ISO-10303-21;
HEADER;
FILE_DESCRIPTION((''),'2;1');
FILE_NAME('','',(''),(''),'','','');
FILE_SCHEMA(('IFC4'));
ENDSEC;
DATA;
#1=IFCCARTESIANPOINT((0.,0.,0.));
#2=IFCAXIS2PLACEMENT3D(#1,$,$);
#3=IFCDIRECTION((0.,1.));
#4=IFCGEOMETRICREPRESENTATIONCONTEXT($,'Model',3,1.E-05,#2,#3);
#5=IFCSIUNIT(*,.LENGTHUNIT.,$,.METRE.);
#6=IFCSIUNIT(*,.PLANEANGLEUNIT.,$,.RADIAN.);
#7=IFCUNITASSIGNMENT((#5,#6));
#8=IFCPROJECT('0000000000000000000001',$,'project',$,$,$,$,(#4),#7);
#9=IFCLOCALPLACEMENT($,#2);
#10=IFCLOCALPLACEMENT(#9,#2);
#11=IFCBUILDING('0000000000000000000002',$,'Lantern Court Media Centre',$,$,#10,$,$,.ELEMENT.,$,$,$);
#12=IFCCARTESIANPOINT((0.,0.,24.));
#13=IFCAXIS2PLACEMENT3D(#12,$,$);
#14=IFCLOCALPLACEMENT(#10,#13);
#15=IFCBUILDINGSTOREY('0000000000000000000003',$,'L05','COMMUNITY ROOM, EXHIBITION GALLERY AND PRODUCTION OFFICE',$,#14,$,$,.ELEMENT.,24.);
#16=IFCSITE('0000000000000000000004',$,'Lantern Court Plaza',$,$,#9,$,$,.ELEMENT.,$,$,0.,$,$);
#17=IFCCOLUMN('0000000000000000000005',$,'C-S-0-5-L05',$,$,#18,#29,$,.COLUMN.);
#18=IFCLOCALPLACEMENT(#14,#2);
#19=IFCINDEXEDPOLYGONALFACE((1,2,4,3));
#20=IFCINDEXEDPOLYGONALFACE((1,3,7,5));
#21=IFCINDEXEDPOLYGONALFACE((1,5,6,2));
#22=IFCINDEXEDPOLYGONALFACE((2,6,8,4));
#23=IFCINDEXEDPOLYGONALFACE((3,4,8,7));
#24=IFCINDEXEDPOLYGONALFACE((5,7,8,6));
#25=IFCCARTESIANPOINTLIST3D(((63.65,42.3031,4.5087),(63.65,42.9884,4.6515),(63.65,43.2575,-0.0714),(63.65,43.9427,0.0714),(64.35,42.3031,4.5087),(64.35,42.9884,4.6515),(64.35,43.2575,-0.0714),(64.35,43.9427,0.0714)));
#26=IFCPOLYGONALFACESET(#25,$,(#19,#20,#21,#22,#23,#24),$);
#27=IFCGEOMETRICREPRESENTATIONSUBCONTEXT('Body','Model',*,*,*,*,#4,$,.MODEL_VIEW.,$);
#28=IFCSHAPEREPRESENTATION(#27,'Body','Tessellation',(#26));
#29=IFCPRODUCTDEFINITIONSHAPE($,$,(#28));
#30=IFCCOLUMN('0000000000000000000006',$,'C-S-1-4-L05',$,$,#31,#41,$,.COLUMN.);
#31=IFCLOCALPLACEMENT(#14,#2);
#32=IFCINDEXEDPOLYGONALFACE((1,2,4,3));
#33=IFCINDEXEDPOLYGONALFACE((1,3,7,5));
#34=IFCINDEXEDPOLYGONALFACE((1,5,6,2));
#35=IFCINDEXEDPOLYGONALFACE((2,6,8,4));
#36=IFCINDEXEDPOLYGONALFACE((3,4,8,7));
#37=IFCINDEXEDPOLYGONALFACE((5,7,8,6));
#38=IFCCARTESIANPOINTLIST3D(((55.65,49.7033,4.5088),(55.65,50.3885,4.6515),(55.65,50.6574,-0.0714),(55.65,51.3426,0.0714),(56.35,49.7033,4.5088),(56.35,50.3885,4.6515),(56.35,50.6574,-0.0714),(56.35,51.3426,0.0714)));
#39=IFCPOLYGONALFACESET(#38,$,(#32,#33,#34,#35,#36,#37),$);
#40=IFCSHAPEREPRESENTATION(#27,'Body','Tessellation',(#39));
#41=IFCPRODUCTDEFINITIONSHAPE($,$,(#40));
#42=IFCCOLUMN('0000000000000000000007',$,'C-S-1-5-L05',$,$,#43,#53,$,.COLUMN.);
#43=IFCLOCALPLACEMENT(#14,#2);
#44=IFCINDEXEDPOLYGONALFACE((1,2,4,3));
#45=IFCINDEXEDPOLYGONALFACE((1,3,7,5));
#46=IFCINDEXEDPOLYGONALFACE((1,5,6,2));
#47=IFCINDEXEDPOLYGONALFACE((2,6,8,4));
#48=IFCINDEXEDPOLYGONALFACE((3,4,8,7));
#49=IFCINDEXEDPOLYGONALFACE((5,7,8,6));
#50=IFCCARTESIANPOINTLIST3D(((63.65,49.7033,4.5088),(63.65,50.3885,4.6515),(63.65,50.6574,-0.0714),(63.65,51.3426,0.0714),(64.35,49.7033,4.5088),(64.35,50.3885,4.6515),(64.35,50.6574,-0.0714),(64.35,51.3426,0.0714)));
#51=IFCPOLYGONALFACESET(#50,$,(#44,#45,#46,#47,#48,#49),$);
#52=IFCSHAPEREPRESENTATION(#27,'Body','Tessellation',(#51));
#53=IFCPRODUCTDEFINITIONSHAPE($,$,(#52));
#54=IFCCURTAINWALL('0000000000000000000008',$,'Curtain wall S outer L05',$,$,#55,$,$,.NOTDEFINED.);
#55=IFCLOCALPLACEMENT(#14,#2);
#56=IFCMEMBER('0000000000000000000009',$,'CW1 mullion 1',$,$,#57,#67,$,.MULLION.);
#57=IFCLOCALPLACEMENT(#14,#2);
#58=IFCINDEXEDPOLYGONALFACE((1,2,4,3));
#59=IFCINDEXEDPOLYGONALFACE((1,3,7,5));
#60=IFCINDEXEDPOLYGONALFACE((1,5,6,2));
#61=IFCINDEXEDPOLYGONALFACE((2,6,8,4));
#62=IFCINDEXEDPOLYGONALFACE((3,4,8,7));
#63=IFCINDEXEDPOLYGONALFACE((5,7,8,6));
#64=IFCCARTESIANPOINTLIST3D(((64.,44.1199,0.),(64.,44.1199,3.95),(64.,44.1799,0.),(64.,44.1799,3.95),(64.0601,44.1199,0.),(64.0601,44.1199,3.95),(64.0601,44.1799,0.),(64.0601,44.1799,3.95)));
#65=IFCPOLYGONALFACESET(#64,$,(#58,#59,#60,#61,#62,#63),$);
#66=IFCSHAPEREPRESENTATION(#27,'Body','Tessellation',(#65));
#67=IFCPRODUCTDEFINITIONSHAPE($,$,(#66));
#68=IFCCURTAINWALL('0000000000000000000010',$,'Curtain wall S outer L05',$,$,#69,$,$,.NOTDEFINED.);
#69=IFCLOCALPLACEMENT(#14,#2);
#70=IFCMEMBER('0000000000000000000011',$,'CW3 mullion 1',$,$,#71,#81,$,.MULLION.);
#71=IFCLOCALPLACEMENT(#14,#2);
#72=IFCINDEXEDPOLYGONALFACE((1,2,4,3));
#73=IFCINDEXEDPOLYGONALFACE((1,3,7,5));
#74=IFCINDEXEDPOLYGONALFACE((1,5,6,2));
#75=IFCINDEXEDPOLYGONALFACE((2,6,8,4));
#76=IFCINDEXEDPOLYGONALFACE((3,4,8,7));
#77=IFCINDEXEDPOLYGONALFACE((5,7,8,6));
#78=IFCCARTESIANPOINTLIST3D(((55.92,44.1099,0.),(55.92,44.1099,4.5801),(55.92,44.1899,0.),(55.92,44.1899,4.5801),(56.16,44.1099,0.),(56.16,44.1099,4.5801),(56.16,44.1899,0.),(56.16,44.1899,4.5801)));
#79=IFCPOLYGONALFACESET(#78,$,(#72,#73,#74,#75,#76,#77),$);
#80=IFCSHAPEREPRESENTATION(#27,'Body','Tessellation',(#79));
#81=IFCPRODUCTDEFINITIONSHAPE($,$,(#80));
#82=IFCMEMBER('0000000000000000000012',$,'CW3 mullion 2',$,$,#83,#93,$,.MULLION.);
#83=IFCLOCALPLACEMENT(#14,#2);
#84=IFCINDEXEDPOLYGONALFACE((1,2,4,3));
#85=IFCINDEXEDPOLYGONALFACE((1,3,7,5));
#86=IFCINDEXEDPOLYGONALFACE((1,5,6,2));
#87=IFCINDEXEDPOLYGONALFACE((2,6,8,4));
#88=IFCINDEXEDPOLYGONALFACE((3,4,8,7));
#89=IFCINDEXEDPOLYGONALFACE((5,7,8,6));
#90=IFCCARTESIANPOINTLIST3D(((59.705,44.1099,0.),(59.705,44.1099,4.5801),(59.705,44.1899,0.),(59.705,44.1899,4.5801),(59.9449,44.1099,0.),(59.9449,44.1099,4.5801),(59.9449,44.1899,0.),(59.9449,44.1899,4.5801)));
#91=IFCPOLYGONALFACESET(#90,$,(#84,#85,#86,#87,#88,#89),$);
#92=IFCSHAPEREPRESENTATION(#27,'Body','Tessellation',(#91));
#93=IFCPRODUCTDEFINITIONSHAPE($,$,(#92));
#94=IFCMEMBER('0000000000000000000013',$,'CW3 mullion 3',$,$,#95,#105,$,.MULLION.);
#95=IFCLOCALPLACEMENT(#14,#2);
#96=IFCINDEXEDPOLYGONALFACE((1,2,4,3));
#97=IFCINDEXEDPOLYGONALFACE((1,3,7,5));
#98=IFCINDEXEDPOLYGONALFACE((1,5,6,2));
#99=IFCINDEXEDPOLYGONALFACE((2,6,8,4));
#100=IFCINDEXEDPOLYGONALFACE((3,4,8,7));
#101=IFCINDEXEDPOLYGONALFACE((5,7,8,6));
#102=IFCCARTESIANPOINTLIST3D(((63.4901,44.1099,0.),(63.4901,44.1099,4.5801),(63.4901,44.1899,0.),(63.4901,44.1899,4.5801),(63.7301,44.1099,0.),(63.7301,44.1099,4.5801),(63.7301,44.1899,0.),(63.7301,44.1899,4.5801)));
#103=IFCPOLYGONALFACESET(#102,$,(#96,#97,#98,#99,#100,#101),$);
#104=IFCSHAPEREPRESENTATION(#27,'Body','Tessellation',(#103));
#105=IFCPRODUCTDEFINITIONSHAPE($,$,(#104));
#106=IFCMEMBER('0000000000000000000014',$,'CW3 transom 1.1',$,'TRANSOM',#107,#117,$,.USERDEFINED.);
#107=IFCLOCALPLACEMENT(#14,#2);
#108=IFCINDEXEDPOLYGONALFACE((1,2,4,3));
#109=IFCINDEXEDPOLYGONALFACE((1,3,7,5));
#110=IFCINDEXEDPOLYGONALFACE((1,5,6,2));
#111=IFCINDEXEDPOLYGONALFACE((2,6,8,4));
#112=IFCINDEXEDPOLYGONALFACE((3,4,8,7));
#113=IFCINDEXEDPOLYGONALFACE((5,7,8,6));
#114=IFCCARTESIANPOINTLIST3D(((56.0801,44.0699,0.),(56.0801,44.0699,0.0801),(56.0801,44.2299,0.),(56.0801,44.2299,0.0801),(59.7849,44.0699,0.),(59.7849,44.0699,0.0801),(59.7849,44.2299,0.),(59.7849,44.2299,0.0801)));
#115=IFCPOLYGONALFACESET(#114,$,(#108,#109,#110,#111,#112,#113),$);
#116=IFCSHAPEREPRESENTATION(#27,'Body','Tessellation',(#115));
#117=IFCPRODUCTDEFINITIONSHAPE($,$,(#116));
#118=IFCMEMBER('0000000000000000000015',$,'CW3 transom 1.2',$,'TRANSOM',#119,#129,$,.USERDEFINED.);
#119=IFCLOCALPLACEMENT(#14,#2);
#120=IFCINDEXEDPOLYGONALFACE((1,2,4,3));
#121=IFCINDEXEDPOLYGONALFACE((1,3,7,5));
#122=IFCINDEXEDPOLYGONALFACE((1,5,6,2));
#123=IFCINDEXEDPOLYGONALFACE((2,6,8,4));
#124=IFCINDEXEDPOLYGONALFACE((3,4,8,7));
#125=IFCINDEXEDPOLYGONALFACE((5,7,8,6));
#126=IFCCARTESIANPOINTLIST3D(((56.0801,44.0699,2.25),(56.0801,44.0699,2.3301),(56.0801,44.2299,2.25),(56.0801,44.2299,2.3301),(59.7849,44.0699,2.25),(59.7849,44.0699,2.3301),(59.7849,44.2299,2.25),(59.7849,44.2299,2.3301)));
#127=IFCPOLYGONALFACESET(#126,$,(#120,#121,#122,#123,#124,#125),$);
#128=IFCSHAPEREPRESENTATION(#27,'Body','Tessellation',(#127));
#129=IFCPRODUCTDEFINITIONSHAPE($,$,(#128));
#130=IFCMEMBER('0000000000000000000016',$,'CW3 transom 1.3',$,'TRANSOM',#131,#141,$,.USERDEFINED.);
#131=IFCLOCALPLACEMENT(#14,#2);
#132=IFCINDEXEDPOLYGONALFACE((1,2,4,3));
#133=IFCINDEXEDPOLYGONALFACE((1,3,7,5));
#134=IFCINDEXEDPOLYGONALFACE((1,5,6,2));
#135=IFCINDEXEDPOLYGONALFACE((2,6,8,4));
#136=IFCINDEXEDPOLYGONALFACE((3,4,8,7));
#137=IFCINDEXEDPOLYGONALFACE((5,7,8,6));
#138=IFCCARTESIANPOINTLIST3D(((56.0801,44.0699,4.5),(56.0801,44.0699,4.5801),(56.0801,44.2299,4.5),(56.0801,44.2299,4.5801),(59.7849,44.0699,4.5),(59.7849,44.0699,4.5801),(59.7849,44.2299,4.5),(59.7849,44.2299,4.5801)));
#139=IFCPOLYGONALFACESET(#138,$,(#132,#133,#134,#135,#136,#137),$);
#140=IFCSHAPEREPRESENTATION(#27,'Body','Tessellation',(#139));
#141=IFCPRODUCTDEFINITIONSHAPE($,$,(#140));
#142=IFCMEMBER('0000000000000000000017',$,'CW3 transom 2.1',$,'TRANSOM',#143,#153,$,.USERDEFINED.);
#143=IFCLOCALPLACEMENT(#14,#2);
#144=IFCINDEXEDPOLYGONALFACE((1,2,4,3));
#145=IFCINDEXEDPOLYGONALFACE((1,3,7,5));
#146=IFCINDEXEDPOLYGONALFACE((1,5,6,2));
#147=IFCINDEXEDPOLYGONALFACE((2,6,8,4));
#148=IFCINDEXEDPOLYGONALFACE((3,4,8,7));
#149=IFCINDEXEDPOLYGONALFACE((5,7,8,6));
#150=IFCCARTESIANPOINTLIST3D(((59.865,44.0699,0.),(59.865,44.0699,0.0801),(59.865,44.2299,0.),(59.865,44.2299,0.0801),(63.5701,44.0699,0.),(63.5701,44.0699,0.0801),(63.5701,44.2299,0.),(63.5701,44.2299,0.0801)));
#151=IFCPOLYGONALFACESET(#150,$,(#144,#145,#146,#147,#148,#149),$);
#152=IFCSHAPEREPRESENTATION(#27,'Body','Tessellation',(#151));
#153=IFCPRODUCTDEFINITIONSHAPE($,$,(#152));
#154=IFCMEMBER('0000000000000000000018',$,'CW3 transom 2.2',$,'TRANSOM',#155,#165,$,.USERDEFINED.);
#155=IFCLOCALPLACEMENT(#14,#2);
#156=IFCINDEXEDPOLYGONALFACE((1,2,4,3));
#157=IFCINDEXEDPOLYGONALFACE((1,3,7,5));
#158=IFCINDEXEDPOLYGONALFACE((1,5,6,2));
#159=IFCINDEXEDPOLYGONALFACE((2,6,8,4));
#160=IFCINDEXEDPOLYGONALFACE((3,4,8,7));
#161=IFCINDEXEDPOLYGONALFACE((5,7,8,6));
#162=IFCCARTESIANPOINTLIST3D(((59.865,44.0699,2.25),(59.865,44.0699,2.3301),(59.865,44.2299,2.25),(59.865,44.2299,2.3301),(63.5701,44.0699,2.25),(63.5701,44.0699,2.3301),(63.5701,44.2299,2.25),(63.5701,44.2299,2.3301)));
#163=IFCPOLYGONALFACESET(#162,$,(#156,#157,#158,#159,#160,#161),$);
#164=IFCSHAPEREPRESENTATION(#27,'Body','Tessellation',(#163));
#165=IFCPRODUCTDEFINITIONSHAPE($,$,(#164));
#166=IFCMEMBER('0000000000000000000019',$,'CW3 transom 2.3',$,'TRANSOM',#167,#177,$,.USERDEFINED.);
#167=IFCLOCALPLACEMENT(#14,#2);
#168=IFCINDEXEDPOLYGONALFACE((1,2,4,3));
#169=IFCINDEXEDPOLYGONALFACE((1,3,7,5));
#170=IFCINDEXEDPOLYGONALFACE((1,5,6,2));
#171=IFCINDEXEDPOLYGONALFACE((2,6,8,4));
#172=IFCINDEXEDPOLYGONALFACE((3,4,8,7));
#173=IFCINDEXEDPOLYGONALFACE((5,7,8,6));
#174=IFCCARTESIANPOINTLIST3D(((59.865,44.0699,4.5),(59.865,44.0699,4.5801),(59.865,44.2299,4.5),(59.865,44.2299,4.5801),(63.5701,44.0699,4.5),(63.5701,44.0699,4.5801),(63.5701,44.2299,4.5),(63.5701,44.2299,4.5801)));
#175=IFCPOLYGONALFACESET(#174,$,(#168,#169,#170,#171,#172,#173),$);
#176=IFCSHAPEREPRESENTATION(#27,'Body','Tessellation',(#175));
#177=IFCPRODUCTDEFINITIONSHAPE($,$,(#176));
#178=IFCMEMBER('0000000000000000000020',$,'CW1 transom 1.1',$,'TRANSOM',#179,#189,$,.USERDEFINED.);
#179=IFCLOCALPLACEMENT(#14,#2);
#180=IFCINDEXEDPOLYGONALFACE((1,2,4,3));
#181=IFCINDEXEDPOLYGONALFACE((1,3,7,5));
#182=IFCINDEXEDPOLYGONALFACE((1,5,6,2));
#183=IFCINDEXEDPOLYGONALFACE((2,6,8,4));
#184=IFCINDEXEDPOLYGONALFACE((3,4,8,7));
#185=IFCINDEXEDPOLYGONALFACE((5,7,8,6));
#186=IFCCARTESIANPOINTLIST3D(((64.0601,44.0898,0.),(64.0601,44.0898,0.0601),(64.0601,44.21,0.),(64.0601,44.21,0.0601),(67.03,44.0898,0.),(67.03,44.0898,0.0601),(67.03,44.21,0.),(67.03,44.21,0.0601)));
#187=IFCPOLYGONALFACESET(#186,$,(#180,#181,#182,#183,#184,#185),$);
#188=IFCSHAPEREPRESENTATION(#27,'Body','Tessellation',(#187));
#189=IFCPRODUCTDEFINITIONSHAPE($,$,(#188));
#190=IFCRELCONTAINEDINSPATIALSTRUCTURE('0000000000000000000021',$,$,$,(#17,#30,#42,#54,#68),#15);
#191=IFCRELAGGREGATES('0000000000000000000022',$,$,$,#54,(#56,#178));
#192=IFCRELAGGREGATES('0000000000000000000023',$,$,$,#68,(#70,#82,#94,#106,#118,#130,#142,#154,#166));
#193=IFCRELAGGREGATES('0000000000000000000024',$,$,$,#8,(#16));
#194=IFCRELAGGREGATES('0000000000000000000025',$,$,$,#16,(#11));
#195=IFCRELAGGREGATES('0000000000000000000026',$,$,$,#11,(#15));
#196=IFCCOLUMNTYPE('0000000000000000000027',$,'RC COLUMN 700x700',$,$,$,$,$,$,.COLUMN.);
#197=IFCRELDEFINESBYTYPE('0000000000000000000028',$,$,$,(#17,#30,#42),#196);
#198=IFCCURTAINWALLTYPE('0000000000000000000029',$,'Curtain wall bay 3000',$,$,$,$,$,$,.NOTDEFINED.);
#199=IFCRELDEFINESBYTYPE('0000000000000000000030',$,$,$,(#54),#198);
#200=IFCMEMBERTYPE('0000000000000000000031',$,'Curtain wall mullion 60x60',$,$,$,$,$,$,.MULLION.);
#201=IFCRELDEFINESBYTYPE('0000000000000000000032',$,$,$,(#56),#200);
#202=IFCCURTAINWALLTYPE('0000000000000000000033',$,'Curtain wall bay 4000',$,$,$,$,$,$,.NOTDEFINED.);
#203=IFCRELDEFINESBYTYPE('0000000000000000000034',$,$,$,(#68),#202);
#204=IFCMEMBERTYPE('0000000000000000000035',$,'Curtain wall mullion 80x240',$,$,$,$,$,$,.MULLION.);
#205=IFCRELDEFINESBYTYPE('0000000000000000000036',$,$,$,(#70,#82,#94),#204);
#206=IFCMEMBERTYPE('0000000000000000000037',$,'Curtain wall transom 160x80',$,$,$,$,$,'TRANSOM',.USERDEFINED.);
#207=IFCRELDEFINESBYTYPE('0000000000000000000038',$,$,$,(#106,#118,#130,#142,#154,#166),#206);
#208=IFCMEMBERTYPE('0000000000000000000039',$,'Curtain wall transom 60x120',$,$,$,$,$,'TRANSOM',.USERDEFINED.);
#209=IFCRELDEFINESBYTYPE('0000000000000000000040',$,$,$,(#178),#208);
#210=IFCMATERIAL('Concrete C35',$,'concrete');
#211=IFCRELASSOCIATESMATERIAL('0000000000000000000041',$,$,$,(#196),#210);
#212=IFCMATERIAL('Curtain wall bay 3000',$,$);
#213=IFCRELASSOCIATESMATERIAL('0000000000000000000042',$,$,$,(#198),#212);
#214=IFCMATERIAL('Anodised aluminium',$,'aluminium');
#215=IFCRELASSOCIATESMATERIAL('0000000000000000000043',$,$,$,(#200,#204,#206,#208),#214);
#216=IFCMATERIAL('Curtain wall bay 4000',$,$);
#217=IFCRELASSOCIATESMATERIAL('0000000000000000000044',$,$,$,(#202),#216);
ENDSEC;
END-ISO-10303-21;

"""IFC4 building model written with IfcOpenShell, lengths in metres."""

from ifc_helpers import new_model, si_unit, direction, frame, origin, origin_2d, place, context, subcontext, project, spatial, rectangle, extrude, material, material_profile, profile_set, type_object, element, aggregate, save


model = new_model("IFC4")

# Units and contexts
model_context = context("Model", 3, precision=1e-05, world=origin(), true_north=direction((0.0, 1.0)))
body_context = subcontext(model_context, "Body", "Model", "MODEL_VIEW")
ifc_project = project(units=[si_unit("LENGTHUNIT", "METRE"), si_unit("PLANEANGLEUNIT", "RADIAN")], contexts=[model_context])

# Site, building, storey
site_placement = place(None, origin())
site = spatial("IfcSite", under=ifc_project, at=site_placement, Name="Lantern Court Plaza", CompositionType="ELEMENT", RefElevation=0.0)
building_placement = place(site_placement, origin())
building = spatial("IfcBuilding", under=site, at=building_placement, Name="Lantern Court Media Centre", CompositionType="ELEMENT")
storey_placement = place(building_placement, frame((0.0, 0.0, 24.0)))
storey = spatial("IfcBuildingStorey", under=building, at=storey_placement, Name="L05", Description="COMMUNITY ROOM, EXHIBITION GALLERY AND PRODUCTION OFFICE", CompositionType="ELEMENT", Elevation=24.0)

# Columns
ifc_material_1 = material(Name="Concrete C35", Category="concrete")
ifc_material_profile_1 = material_profile(ifc_material_1, rectangle(XDim=0.7, YDim=0.7, at=origin_2d()), Name="RC 700x700")
ifc_profile_set_1 = profile_set([ifc_material_profile_1], Name="Concrete C35")
column_type = type_object("IfcColumnType", Name="RC COLUMN 700x700", PredefinedType="COLUMN", material=ifc_profile_set_1)
for number, where, z_axis, x_axis, name in (
    (1, (64.0, 43.6001, 0.0), (0.0, -0.203988, 0.978973), (1.0, 0.0, 0.0), "C-S-0-5-L05"),
    (2, (56.0, 51.0, 0.0), (0.0, -0.203938, 0.978984), (1.0, 0.0, 0.0), "C-S-1-4-L05"),
    (3, (64.0, 51.0, 0.0), (0.0, -0.203938, 0.978984), (1.0, 0.0, 0.0), "C-S-1-5-L05"),
):
    element("IfcColumn", number, at=place(storey_placement, frame(where, z_axis=z_axis, x_axis=x_axis)), inside=storey, type_object=column_type, Name=name, PredefinedType="COLUMN", context=body_context, shape_type="SweptSolid", body=[
        extrude(rectangle(XDim=0.7, YDim=0.7, at=origin_2d()), origin(), (0.0, 0.0, 1.0), 4.6785),
    ])

# Curtain wall, member
ifc_material_2 = material(Name="Curtain wall bay 3000")
curtain_wall_type_1 = type_object("IfcCurtainWallType", Name="Curtain wall bay 3000", PredefinedType="NOTDEFINED", material=ifc_material_2)
curtain_wall_1_placement = place(storey_placement, origin())
curtain_wall_1 = element("IfcCurtainWall", 4, at=curtain_wall_1_placement, inside=storey, type_object=curtain_wall_type_1, Name="Curtain wall S outer L05", PredefinedType="NOTDEFINED")
ifc_material_3 = material(Name="Anodised aluminium", Category="aluminium")
ifc_material_profile_2 = material_profile(ifc_material_3, rectangle(XDim=0.0601, YDim=0.0601, at=origin_2d()), Name="AL 60x60")
ifc_profile_set_2 = profile_set([ifc_material_profile_2], Name="Anodised aluminium")
member_type_1 = type_object("IfcMemberType", Name="Curtain wall mullion 60x60", PredefinedType="MULLION", material=ifc_profile_set_2)
member_1_placement = place(storey_placement, frame((64.03, 44.1499, 0.0), z_axis=(0.0, 0.0, 1.0), x_axis=(0.0, 1.0, 0.0)))
member_1 = element("IfcMember", 5, at=member_1_placement, type_object=member_type_1, Name="CW1 mullion 1", PredefinedType="MULLION", context=body_context, shape_type="SweptSolid", body=[
    extrude(rectangle(XDim=0.0601, YDim=0.0601, at=origin_2d()), origin(), (0.0, 0.0, 1.0), 3.95),
])

# Curtain wall, members
ifc_material_4 = material(Name="Curtain wall bay 4000")
curtain_wall_type_2 = type_object("IfcCurtainWallType", Name="Curtain wall bay 4000", PredefinedType="NOTDEFINED", material=ifc_material_4)
curtain_wall_2_placement = place(storey_placement, origin())
curtain_wall_2 = element("IfcCurtainWall", 6, at=curtain_wall_2_placement, inside=storey, type_object=curtain_wall_type_2, Name="Curtain wall S outer L05", PredefinedType="NOTDEFINED")
ifc_material_profile_3 = material_profile(ifc_material_3, rectangle(XDim=0.0801, YDim=0.24, at=origin_2d()), Name="AL 80x240")
ifc_profile_set_3 = profile_set([ifc_material_profile_3], Name="Anodised aluminium")
member_type_2 = type_object("IfcMemberType", Name="Curtain wall mullion 80x240", PredefinedType="MULLION", material=ifc_profile_set_3)
member_2_placement = place(storey_placement, frame((56.04, 44.1499, 0.0), z_axis=(0.0, 0.0, 1.0), x_axis=(0.0, 1.0, 0.0)))
member_2 = element("IfcMember", 7, at=member_2_placement, type_object=member_type_2, Name="CW3 mullion 1", PredefinedType="MULLION", context=body_context, shape_type="SweptSolid", body=[
    extrude(rectangle(XDim=0.0801, YDim=0.24, at=origin_2d()), origin(), (0.0, 0.0, 1.0), 4.5801),
])
member_3_placement = place(storey_placement, frame((59.825, 44.1499, 0.0), z_axis=(0.0, 0.0, 1.0), x_axis=(0.0, 1.0, 0.0)))
member_3 = element("IfcMember", 8, at=member_3_placement, type_object=member_type_2, Name="CW3 mullion 2", PredefinedType="MULLION", context=body_context, shape_type="SweptSolid", body=[
    extrude(rectangle(XDim=0.0801, YDim=0.24, at=origin_2d()), origin(), (0.0, 0.0, 1.0), 4.5801),
])
member_4_placement = place(storey_placement, frame((63.6101, 44.1499, 0.0), z_axis=(0.0, 0.0, 1.0), x_axis=(0.0, 1.0, 0.0)))
member_4 = element("IfcMember", 9, at=member_4_placement, type_object=member_type_2, Name="CW3 mullion 3", PredefinedType="MULLION", context=body_context, shape_type="SweptSolid", body=[
    extrude(rectangle(XDim=0.0801, YDim=0.24, at=origin_2d()), origin(), (0.0, 0.0, 1.0), 4.5801),
])
ifc_material_profile_4 = material_profile(ifc_material_3, rectangle(XDim=0.1599, YDim=0.0801, at=origin_2d()), Name="AL 80x160")
ifc_profile_set_4 = profile_set([ifc_material_profile_4], Name="Anodised aluminium")
member_type_3 = type_object("IfcMemberType", Name="Curtain wall transom 160x80", ElementType="TRANSOM", PredefinedType="USERDEFINED", material=ifc_profile_set_4)
member_5_placement = place(storey_placement, frame((56.0801, 44.1499, 0.04), z_axis=(1.0, 0.0, 0.0), x_axis=(0.0, 1.0, 0.0)))
member_5 = element("IfcMember", 10, at=member_5_placement, type_object=member_type_3, Name="CW3 transom 1.1", ObjectType="TRANSOM", PredefinedType="USERDEFINED", context=body_context, shape_type="SweptSolid", body=[
    extrude(rectangle(XDim=0.1599, YDim=0.0801, at=origin_2d()), origin(), (0.0, 0.0, 1.0), 3.7048),
])
member_6_placement = place(storey_placement, frame((56.0801, 44.1499, 2.29), z_axis=(1.0, 0.0, 0.0), x_axis=(0.0, 1.0, 0.0)))
member_6 = element("IfcMember", 11, at=member_6_placement, type_object=member_type_3, Name="CW3 transom 1.2", ObjectType="TRANSOM", PredefinedType="USERDEFINED", context=body_context, shape_type="SweptSolid", body=[
    extrude(rectangle(XDim=0.1599, YDim=0.0801, at=origin_2d()), origin(), (0.0, 0.0, 1.0), 3.7048),
])
member_7_placement = place(storey_placement, frame((56.0801, 44.1499, 4.54), z_axis=(1.0, 0.0, 0.0), x_axis=(0.0, 1.0, 0.0)))
member_7 = element("IfcMember", 12, at=member_7_placement, type_object=member_type_3, Name="CW3 transom 1.3", ObjectType="TRANSOM", PredefinedType="USERDEFINED", context=body_context, shape_type="SweptSolid", body=[
    extrude(rectangle(XDim=0.1599, YDim=0.0801, at=origin_2d()), origin(), (0.0, 0.0, 1.0), 3.7048),
])
member_8_placement = place(storey_placement, frame((59.865, 44.1499, 0.04), z_axis=(1.0, 0.0, 0.0), x_axis=(0.0, 1.0, 0.0)))
member_8 = element("IfcMember", 13, at=member_8_placement, type_object=member_type_3, Name="CW3 transom 2.1", ObjectType="TRANSOM", PredefinedType="USERDEFINED", context=body_context, shape_type="SweptSolid", body=[
    extrude(rectangle(XDim=0.1599, YDim=0.0801, at=origin_2d()), origin(), (0.0, 0.0, 1.0), 3.7051),
])
member_9_placement = place(storey_placement, frame((59.865, 44.1499, 2.29), z_axis=(1.0, 0.0, 0.0), x_axis=(0.0, 1.0, 0.0)))
member_9 = element("IfcMember", 14, at=member_9_placement, type_object=member_type_3, Name="CW3 transom 2.2", ObjectType="TRANSOM", PredefinedType="USERDEFINED", context=body_context, shape_type="SweptSolid", body=[
    extrude(rectangle(XDim=0.1599, YDim=0.0801, at=origin_2d()), origin(), (0.0, 0.0, 1.0), 3.7051),
])
member_10_placement = place(storey_placement, frame((59.865, 44.1499, 4.54), z_axis=(1.0, 0.0, 0.0), x_axis=(0.0, 1.0, 0.0)))
member_10 = element("IfcMember", 15, at=member_10_placement, type_object=member_type_3, Name="CW3 transom 2.3", ObjectType="TRANSOM", PredefinedType="USERDEFINED", context=body_context, shape_type="SweptSolid", body=[
    extrude(rectangle(XDim=0.1599, YDim=0.0801, at=origin_2d()), origin(), (0.0, 0.0, 1.0), 3.7051),
])

# Member
ifc_material_profile_5 = material_profile(ifc_material_3, rectangle(XDim=0.1201, YDim=0.0601, at=origin_2d()), Name="AL 60x120")
ifc_profile_set_5 = profile_set([ifc_material_profile_5], Name="Anodised aluminium")
member_type_4 = type_object("IfcMemberType", Name="Curtain wall transom 60x120", ElementType="TRANSOM", PredefinedType="USERDEFINED", material=ifc_profile_set_5)
member_11_placement = place(storey_placement, frame((64.0601, 44.1499, 0.03), z_axis=(1.0, 0.0, 0.0), x_axis=(0.0, 1.0, 0.0)))
member_11 = element("IfcMember", 16, at=member_11_placement, type_object=member_type_4, Name="CW1 transom 1.1", ObjectType="TRANSOM", PredefinedType="USERDEFINED", context=body_context, shape_type="SweptSolid", body=[
    extrude(rectangle(XDim=0.1201, YDim=0.0601, at=origin_2d()), origin(), (0.0, 0.0, 1.0), 2.97),
])
aggregate(curtain_wall_1, [member_1, member_11])

aggregate(curtain_wall_2, [member_2, member_3, member_4, member_5, member_6, member_7, member_8, member_9, member_10])

save(model, "model.ifc")
